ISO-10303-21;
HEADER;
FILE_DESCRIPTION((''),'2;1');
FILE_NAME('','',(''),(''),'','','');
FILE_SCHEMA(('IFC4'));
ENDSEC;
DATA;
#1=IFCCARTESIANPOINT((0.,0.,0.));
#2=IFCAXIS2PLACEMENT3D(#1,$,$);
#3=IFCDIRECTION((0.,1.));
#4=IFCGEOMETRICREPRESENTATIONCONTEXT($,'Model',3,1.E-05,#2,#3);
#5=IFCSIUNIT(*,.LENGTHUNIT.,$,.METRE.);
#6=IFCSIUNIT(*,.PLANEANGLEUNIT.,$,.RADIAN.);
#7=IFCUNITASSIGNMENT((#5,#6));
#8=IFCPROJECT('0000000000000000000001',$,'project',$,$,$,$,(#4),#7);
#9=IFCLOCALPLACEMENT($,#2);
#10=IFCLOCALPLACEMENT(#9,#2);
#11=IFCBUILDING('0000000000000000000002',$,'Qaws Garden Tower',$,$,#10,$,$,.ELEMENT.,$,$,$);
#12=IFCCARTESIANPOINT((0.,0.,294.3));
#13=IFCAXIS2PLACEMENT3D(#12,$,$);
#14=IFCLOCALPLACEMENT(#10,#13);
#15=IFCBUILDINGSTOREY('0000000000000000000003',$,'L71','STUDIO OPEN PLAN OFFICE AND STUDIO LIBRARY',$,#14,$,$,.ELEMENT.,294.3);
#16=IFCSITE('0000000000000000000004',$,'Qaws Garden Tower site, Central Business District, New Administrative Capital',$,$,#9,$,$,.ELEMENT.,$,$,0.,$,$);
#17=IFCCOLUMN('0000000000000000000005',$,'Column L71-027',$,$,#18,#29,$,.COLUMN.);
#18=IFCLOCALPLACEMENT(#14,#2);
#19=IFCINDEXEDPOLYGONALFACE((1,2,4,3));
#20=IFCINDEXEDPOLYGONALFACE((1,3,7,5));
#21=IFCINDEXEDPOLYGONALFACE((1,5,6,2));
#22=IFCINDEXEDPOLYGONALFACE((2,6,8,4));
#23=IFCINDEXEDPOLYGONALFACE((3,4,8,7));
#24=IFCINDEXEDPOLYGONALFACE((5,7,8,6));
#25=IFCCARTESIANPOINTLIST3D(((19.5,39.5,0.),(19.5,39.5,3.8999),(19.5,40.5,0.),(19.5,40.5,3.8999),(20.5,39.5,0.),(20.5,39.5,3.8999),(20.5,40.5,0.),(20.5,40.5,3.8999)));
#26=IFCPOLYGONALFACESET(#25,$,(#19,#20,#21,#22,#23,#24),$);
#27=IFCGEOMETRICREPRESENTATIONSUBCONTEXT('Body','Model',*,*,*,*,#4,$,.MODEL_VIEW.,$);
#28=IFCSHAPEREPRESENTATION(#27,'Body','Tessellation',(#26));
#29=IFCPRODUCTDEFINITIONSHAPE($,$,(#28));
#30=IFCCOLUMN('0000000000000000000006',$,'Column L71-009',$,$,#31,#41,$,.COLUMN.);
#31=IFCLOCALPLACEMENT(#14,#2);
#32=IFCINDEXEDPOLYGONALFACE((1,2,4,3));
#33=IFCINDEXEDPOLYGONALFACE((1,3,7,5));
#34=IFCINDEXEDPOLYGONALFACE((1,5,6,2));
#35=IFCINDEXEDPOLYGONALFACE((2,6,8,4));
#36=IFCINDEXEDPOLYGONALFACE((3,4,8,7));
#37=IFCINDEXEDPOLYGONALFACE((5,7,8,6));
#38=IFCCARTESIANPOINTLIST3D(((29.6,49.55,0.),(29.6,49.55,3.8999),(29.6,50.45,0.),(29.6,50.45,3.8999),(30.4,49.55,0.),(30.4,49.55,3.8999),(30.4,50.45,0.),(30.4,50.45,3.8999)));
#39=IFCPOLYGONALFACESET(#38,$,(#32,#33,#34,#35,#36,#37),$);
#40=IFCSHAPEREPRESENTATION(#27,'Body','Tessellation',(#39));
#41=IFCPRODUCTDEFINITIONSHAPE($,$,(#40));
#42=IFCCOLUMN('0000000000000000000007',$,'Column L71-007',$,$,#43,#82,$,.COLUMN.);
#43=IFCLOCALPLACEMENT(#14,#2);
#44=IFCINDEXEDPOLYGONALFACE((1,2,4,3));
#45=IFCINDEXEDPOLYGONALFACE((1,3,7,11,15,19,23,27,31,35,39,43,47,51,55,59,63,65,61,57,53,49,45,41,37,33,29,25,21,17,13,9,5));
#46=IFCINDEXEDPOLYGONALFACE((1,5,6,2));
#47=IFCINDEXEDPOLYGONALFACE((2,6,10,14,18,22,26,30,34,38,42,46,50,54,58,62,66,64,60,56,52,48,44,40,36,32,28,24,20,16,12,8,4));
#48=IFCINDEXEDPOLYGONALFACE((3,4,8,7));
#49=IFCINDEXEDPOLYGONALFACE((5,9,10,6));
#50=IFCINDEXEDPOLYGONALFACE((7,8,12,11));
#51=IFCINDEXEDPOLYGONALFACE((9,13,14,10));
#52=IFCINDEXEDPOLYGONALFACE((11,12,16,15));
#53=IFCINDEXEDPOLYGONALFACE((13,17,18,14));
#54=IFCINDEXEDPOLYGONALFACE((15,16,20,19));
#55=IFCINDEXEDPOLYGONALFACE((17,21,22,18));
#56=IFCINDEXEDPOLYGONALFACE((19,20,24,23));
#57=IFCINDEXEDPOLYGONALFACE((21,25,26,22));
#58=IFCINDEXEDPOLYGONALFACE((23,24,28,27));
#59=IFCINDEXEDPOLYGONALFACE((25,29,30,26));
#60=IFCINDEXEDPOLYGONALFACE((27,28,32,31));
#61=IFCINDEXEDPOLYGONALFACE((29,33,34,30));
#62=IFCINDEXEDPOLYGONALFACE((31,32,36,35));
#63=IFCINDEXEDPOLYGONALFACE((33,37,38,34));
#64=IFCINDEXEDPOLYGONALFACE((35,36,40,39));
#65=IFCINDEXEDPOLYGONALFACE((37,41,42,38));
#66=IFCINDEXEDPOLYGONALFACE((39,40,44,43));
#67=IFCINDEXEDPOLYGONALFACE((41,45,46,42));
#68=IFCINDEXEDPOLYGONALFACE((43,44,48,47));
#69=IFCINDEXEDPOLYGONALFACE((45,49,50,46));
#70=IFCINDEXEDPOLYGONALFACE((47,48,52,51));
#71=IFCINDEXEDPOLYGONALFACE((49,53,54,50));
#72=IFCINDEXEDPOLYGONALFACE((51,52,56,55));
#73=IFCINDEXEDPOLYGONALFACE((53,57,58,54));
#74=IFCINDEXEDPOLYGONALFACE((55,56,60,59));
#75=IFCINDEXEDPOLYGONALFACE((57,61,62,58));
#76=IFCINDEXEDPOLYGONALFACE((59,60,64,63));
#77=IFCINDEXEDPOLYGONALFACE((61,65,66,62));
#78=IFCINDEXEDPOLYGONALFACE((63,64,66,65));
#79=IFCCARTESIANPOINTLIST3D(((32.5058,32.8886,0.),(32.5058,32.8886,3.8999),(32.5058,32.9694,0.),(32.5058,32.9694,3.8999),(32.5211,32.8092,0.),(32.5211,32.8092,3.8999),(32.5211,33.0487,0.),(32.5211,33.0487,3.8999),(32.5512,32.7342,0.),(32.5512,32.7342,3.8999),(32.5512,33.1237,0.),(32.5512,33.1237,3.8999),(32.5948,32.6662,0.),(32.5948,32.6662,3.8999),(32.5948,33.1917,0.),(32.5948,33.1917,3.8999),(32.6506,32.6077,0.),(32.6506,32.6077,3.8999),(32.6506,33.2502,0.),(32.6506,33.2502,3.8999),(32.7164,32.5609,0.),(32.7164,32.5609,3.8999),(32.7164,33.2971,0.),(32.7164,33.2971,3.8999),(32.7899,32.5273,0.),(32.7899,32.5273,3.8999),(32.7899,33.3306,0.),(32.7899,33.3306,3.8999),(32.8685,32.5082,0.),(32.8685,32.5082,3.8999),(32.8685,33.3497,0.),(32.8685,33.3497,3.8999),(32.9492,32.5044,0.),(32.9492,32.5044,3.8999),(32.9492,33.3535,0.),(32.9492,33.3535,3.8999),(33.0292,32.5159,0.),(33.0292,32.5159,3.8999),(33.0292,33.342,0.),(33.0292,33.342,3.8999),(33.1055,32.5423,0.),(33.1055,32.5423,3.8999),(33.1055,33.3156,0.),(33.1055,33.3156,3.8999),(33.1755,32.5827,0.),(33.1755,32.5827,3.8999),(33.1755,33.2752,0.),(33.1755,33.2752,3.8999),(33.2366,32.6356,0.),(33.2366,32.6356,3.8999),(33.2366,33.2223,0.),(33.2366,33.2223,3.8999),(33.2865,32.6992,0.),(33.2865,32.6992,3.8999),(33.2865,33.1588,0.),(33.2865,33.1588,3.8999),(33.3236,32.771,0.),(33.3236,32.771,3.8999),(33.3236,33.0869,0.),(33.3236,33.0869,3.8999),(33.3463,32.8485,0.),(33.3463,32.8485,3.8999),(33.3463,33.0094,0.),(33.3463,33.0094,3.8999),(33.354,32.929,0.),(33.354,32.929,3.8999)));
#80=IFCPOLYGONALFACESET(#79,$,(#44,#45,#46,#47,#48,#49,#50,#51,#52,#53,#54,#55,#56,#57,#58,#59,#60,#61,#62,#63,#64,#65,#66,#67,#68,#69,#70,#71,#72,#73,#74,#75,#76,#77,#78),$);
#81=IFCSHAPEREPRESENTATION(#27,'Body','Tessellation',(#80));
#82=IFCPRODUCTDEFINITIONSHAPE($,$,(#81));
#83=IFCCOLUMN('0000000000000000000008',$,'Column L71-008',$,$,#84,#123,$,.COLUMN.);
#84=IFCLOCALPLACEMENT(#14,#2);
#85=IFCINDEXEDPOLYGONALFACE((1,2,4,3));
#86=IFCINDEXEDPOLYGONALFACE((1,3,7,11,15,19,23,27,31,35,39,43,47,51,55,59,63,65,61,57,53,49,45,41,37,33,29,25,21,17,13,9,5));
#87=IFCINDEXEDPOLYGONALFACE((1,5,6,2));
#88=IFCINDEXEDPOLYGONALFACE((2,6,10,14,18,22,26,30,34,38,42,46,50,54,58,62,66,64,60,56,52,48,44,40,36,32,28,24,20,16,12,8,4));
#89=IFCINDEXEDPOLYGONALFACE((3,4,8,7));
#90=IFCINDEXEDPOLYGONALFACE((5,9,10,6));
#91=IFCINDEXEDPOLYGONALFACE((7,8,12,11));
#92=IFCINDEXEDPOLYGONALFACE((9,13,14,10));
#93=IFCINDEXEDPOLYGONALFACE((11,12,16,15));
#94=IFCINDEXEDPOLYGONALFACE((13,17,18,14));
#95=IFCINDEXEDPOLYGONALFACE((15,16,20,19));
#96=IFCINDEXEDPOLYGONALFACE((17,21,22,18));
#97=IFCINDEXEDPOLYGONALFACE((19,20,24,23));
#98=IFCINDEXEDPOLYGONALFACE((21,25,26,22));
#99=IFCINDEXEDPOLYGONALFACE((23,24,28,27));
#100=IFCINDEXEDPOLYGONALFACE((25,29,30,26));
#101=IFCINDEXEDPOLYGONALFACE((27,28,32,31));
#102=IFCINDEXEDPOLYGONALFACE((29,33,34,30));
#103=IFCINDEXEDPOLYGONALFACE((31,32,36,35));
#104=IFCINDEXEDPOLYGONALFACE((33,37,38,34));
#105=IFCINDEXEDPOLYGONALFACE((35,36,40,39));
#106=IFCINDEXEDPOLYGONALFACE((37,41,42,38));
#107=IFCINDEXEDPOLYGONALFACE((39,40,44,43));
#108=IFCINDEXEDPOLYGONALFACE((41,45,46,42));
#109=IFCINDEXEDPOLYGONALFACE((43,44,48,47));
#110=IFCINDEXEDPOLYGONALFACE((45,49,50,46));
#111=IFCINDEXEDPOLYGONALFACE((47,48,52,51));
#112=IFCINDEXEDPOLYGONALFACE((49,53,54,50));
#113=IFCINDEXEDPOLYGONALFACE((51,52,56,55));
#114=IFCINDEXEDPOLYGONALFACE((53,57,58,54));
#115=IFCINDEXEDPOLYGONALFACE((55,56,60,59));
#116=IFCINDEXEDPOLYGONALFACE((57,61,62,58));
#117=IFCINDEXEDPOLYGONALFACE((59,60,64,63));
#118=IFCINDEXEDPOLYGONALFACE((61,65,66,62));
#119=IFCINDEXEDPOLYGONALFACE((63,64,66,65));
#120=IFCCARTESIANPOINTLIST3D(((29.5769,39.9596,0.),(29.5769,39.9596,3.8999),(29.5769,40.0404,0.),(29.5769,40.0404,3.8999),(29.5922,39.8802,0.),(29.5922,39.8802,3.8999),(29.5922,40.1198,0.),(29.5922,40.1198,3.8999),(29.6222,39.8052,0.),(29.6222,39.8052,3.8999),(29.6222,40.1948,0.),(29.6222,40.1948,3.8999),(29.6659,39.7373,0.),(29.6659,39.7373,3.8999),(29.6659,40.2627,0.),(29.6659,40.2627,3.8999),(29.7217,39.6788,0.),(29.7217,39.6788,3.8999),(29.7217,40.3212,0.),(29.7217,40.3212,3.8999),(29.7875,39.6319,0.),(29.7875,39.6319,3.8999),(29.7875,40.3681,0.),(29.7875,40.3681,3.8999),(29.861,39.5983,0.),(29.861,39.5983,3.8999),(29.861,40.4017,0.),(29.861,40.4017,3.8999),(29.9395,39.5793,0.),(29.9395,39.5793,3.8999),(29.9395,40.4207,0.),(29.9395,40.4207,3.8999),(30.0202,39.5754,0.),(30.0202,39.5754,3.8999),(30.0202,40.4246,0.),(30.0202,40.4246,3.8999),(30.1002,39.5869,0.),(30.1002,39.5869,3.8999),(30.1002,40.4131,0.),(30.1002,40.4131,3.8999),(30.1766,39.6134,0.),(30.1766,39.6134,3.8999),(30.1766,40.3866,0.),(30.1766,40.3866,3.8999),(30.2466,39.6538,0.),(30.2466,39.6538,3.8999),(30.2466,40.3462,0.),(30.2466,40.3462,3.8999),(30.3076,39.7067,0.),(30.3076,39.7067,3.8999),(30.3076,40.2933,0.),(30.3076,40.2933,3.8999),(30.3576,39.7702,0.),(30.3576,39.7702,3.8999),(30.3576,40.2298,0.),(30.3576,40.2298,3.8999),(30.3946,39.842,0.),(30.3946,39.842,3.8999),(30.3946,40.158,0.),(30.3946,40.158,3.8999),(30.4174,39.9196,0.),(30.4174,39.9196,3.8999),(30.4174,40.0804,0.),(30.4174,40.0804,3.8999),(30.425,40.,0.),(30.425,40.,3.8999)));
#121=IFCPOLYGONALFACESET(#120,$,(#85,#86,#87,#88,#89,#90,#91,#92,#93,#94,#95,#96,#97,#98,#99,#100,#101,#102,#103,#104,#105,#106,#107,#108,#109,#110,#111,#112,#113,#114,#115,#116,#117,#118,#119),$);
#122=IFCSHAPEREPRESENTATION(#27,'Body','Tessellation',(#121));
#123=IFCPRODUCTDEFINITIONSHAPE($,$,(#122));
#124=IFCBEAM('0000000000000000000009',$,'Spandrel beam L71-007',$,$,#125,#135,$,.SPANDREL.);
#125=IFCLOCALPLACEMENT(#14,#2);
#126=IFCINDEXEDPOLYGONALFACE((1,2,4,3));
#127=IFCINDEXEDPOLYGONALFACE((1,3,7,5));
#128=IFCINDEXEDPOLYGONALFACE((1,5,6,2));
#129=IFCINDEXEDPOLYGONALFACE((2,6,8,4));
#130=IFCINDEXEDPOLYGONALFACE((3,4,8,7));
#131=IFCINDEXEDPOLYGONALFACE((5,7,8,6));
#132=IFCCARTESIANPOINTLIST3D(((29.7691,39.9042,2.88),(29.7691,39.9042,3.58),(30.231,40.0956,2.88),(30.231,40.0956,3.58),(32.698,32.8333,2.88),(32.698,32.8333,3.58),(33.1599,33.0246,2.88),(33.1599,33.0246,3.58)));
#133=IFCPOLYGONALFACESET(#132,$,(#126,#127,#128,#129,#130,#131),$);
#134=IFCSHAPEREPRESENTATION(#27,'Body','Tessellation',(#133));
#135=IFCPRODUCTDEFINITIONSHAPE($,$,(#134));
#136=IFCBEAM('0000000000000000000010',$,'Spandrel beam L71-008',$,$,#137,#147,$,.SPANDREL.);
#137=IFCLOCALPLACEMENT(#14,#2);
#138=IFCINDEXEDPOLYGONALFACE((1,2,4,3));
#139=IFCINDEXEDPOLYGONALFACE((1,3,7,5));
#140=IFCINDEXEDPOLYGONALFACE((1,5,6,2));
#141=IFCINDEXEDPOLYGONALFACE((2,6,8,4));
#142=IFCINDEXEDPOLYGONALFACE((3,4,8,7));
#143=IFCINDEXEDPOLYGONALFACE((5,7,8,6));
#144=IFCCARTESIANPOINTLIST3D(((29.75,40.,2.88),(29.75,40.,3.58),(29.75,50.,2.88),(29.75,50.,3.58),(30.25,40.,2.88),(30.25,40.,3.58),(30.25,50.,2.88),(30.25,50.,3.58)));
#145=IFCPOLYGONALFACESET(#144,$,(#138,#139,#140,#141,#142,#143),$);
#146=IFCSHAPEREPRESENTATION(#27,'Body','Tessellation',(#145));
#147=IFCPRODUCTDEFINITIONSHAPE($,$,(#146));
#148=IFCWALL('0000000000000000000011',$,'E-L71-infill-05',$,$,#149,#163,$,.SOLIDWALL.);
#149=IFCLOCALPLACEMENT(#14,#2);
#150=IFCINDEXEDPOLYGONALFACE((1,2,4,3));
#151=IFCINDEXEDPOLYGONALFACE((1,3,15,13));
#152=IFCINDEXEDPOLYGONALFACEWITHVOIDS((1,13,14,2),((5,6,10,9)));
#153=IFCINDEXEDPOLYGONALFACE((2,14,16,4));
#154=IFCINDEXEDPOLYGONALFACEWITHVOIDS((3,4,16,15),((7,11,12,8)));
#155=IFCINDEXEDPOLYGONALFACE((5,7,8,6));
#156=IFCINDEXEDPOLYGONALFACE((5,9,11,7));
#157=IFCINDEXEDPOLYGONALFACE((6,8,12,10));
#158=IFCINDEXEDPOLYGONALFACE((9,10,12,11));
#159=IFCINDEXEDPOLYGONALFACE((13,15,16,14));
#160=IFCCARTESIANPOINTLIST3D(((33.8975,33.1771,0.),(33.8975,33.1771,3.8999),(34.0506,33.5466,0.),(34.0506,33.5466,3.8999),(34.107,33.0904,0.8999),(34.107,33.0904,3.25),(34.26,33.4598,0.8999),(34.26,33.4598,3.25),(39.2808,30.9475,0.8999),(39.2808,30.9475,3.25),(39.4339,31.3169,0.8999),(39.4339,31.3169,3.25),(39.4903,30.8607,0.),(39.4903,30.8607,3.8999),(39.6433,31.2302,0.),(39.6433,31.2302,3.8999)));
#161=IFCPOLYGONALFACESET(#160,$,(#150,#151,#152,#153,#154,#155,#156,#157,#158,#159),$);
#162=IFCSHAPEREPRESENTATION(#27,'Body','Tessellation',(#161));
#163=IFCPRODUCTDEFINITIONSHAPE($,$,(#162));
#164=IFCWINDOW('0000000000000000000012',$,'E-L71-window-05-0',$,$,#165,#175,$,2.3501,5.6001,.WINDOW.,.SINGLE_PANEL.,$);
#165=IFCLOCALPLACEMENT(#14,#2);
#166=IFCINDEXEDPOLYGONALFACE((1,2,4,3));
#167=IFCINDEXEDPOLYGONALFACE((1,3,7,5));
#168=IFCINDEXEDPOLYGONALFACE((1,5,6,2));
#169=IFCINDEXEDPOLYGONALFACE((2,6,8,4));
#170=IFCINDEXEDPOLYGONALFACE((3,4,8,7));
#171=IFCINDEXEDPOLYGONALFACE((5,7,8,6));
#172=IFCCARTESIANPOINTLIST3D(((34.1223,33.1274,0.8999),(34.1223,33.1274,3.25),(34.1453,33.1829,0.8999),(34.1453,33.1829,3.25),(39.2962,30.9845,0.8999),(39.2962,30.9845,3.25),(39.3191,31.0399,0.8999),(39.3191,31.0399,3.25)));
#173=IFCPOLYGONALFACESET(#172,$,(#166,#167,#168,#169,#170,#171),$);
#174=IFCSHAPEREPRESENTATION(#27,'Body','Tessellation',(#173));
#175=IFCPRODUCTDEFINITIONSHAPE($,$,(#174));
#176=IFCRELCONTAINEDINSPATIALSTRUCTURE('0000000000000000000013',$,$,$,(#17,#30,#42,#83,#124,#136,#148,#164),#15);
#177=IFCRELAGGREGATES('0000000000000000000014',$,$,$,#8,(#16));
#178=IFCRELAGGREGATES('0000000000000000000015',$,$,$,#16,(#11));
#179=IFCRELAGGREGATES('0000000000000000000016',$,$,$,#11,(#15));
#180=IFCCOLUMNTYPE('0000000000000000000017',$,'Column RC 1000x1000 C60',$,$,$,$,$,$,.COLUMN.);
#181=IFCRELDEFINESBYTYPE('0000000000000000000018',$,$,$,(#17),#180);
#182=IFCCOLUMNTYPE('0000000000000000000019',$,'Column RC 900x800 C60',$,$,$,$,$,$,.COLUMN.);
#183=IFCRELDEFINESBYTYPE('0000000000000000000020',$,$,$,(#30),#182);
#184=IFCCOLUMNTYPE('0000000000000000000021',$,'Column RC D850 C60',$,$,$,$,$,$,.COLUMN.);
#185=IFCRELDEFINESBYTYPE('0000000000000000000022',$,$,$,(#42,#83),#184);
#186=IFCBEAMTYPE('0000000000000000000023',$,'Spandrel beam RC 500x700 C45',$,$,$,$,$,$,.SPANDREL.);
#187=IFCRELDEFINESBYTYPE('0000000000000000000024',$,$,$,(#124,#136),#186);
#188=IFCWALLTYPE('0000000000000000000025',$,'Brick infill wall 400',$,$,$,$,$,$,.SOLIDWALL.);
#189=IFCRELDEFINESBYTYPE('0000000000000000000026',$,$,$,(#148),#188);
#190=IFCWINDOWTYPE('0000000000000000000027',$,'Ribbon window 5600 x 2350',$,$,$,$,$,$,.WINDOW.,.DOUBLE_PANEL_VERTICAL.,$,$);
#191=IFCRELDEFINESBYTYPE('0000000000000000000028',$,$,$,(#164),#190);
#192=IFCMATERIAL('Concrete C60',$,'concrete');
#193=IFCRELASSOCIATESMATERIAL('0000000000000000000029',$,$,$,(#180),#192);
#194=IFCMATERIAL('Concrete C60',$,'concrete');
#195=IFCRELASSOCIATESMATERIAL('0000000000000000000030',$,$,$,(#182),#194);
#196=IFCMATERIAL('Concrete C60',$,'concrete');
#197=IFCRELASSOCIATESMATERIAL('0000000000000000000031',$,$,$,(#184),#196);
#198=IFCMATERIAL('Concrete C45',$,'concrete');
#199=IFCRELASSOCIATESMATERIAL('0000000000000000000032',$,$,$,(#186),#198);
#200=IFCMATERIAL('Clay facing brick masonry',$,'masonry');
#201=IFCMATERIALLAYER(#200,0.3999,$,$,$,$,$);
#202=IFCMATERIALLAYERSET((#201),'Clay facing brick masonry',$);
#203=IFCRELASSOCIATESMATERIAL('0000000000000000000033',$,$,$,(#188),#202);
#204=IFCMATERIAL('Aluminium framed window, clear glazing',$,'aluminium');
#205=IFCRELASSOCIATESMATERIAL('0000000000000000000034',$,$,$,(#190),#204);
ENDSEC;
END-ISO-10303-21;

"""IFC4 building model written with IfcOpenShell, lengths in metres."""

from ifc_helpers import new_model, si_unit, direction, frame, frame_2d, origin, origin_2d, place, context, subcontext, project, spatial, rectangle, circle, extrude, material, layer, layer_set, material_profile, profile_set, type_object, element, fill, save


model = new_model("IFC4")

# Units and contexts
model_context = context("Model", 3, precision=1e-05, world=origin(), true_north=direction((0.0, 1.0)))
body_context = subcontext(model_context, "Body", "Model", "MODEL_VIEW")
ifc_project = project(units=[si_unit("LENGTHUNIT", "METRE"), si_unit("PLANEANGLEUNIT", "RADIAN")], contexts=[model_context])

# Site, building, storey
site_placement = place(None, origin())
site = spatial("IfcSite", under=ifc_project, at=site_placement, Name="Qaws Garden Tower site, Central Business District, New Administrative Capital", CompositionType="ELEMENT", RefElevation=0.0)
building_placement = place(site_placement, origin())
building = spatial("IfcBuilding", under=site, at=building_placement, Name="Qaws Garden Tower", CompositionType="ELEMENT")
storey_placement = place(building_placement, frame((0.0, 0.0, 294.3)))
storey = spatial("IfcBuildingStorey", under=building, at=storey_placement, Name="L71", Description="STUDIO OPEN PLAN OFFICE AND STUDIO LIBRARY", CompositionType="ELEMENT", Elevation=294.3)

# Columns
ifc_material_1 = material(Name="Concrete C60", Category="concrete")
ifc_material_profile_1 = material_profile(ifc_material_1, rectangle(XDim=1.0, YDim=1.0, at=origin_2d()), Name="RC 1000x1000")
ifc_profile_set_1 = profile_set([ifc_material_profile_1], Name="Concrete C60")
column_type_1 = type_object("IfcColumnType", Name="Column RC 1000x1000 C60", PredefinedType="COLUMN", material=ifc_profile_set_1)
column_1_placement = place(storey_placement, frame((20.0, 40.0, 0.0), z_axis=(0.0, 0.0, 1.0), x_axis=(1.0, 0.0, 0.0)))
element("IfcColumn", 1, at=column_1_placement, inside=storey, type_object=column_type_1, Name="Column L71-027", PredefinedType="COLUMN", context=body_context, shape_type="SweptSolid", body=[
    extrude(rectangle(XDim=1.0, YDim=1.0, at=origin_2d()), origin(), (0.0, 0.0, 1.0), 3.8999),
])
ifc_material_2 = material(Name="Concrete C60", Category="concrete")
ifc_material_profile_2 = material_profile(ifc_material_2, rectangle(XDim=0.8999, YDim=0.8, at=origin_2d()), Name="RC 900x800")
ifc_profile_set_2 = profile_set([ifc_material_profile_2], Name="Concrete C60")
column_type_2 = type_object("IfcColumnType", Name="Column RC 900x800 C60", PredefinedType="COLUMN", material=ifc_profile_set_2)
column_2_placement = place(storey_placement, frame((30.0, 50.0, 0.0), z_axis=(0.0, 0.0, 1.0), x_axis=(0.0, 1.0, 0.0)))
element("IfcColumn", 2, at=column_2_placement, inside=storey, type_object=column_type_2, Name="Column L71-009", PredefinedType="COLUMN", context=body_context, shape_type="SweptSolid", body=[
    extrude(rectangle(XDim=0.8999, YDim=0.8, at=origin_2d()), origin(), (0.0, 0.0, 1.0), 3.8999),
])
ifc_material_3 = material(Name="Concrete C60", Category="concrete")
ifc_material_profile_3 = material_profile(ifc_material_3, circle(Radius=0.425, at=origin_2d()), Name="RC D850")
ifc_profile_set_3 = profile_set([ifc_material_profile_3], Name="Concrete C60")
column_type_3 = type_object("IfcColumnType", Name="Column RC D850 C60", PredefinedType="COLUMN", material=ifc_profile_set_3)
for number, where, z_axis, x_axis, name in (
    (3, (32.929, 32.929, 0.0), (0.0, 0.0, 1.0), (1.0, 0.0, 0.0), "Column L71-007"),
    (4, (30.0, 40.0, 0.0), (0.0, 0.0, 1.0), (1.0, 0.0, 0.0), "Column L71-008"),
):
    element("IfcColumn", number, at=place(storey_placement, frame(where, z_axis=z_axis, x_axis=x_axis)), inside=storey, type_object=column_type_3, Name=name, PredefinedType="COLUMN", context=body_context, shape_type="SweptSolid", body=[
        extrude(circle(Radius=0.425, at=origin_2d()), origin(), (0.0, 0.0, 1.0), 3.8999),
    ])

# Beams
ifc_material_4 = material(Name="Concrete C45", Category="concrete")
ifc_material_profile_4 = material_profile(ifc_material_4, rectangle(XDim=0.5, YDim=0.7, at=origin_2d()), Name="RC 500x700")
ifc_profile_set_4 = profile_set([ifc_material_profile_4], Name="Concrete C45")
beam_type = type_object("IfcBeamType", Name="Spandrel beam RC 500x700 C45", PredefinedType="SPANDREL", material=ifc_profile_set_4)
beam_1_placement = place(storey_placement, frame((32.929, 32.929, 3.23), z_axis=(-0.382687, 0.923878, 0.0), x_axis=(-0.923878, -0.382687, 0.0)))
element("IfcBeam", 5, at=beam_1_placement, inside=storey, type_object=beam_type, Name="Spandrel beam L71-007", PredefinedType="SPANDREL", context=body_context, shape_type="SweptSolid", body=[
    extrude(rectangle(XDim=0.5, YDim=0.7, at=origin_2d()), origin(), (0.0, 0.0, 1.0), 7.6536),
])
beam_2_placement = place(storey_placement, frame((30.0, 40.0, 3.23), z_axis=(0.0, 1.0, 0.0), x_axis=(-1.0, 0.0, 0.0)))
element("IfcBeam", 6, at=beam_2_placement, inside=storey, type_object=beam_type, Name="Spandrel beam L71-008", PredefinedType="SPANDREL", context=body_context, shape_type="SweptSolid", body=[
    extrude(rectangle(XDim=0.5, YDim=0.7, at=origin_2d()), origin(), (0.0, 0.0, 1.0), 10.0),
])

# Wall, opening, window
ifc_material_5 = material(Name="Clay facing brick masonry", Category="masonry")
ifc_layer_1 = layer(ifc_material_5, 0.3999)
ifc_layer_set_1 = layer_set([ifc_layer_1], Name="Clay facing brick masonry")
wall_type_1 = type_object("IfcWallType", Name="Brick infill wall 400", PredefinedType="SOLIDWALL", material=ifc_layer_set_1)
wall_1_placement = place(storey_placement, frame((39.5669, 31.0454, 0.0), z_axis=(0.0, 0.0, 1.0), x_axis=(-0.923891, 0.382656, 0.0)))
wall_1 = element("IfcWall", 7, at=wall_1_placement, inside=storey, type_object=wall_type_1, Name="E-L71-infill-05", PredefinedType="SOLIDWALL", context=body_context, shape_type="SweptSolid", body=[
    extrude(rectangle(XDim=6.0535, YDim=0.3999, at=frame_2d((3.0269, 0.0))), origin(), (0.0, 0.0, 1.0), 3.8999),
])
opening_1_placement = place(wall_1_placement, frame((0.2268, 0.0, 0.8999)))
opening_1 = element("IfcOpeningElement", 8, at=opening_1_placement, cuts=wall_1, PredefinedType="OPENING", context=body_context, shape_type="SweptSolid", body=[
    extrude(rectangle(XDim=5.6001, YDim=2.3501, at=frame_2d((2.8, 1.175))), frame((0.0, 0.21, 0.0), z_axis=(0.0, -1.0, 0.0), x_axis=(1.0, 0.0, 0.0)), (0.0, 0.0, 1.0), 0.4199),
])
ifc_material_6 = material(Name="Aluminium framed window, clear glazing", Category="aluminium")
window_type_1 = type_object("IfcWindowType", Name="Ribbon window 5600 x 2350", PartitioningType="DOUBLE_PANEL_VERTICAL", PredefinedType="WINDOW", material=ifc_material_6)
window_1_placement = place(opening_1_placement, origin())
window_1 = element("IfcWindow", 9, at=window_1_placement, inside=storey, type_object=window_type_1, Name="E-L71-window-05-0", OverallHeight=2.3501, OverallWidth=5.6001, PartitioningType="SINGLE_PANEL", PredefinedType="WINDOW", context=body_context, shape_type="SweptSolid", body=[
    extrude(rectangle(XDim=5.6001, YDim=2.3501, at=frame_2d((2.8, 1.175))), frame((0.0, 0.1599, 0.0), z_axis=(0.0, -1.0, 0.0), x_axis=(1.0, 0.0, 0.0)), (0.0, 0.0, 1.0), 0.0601),
])
fill(opening_1, window_1)

save(model, "model.ifc")
